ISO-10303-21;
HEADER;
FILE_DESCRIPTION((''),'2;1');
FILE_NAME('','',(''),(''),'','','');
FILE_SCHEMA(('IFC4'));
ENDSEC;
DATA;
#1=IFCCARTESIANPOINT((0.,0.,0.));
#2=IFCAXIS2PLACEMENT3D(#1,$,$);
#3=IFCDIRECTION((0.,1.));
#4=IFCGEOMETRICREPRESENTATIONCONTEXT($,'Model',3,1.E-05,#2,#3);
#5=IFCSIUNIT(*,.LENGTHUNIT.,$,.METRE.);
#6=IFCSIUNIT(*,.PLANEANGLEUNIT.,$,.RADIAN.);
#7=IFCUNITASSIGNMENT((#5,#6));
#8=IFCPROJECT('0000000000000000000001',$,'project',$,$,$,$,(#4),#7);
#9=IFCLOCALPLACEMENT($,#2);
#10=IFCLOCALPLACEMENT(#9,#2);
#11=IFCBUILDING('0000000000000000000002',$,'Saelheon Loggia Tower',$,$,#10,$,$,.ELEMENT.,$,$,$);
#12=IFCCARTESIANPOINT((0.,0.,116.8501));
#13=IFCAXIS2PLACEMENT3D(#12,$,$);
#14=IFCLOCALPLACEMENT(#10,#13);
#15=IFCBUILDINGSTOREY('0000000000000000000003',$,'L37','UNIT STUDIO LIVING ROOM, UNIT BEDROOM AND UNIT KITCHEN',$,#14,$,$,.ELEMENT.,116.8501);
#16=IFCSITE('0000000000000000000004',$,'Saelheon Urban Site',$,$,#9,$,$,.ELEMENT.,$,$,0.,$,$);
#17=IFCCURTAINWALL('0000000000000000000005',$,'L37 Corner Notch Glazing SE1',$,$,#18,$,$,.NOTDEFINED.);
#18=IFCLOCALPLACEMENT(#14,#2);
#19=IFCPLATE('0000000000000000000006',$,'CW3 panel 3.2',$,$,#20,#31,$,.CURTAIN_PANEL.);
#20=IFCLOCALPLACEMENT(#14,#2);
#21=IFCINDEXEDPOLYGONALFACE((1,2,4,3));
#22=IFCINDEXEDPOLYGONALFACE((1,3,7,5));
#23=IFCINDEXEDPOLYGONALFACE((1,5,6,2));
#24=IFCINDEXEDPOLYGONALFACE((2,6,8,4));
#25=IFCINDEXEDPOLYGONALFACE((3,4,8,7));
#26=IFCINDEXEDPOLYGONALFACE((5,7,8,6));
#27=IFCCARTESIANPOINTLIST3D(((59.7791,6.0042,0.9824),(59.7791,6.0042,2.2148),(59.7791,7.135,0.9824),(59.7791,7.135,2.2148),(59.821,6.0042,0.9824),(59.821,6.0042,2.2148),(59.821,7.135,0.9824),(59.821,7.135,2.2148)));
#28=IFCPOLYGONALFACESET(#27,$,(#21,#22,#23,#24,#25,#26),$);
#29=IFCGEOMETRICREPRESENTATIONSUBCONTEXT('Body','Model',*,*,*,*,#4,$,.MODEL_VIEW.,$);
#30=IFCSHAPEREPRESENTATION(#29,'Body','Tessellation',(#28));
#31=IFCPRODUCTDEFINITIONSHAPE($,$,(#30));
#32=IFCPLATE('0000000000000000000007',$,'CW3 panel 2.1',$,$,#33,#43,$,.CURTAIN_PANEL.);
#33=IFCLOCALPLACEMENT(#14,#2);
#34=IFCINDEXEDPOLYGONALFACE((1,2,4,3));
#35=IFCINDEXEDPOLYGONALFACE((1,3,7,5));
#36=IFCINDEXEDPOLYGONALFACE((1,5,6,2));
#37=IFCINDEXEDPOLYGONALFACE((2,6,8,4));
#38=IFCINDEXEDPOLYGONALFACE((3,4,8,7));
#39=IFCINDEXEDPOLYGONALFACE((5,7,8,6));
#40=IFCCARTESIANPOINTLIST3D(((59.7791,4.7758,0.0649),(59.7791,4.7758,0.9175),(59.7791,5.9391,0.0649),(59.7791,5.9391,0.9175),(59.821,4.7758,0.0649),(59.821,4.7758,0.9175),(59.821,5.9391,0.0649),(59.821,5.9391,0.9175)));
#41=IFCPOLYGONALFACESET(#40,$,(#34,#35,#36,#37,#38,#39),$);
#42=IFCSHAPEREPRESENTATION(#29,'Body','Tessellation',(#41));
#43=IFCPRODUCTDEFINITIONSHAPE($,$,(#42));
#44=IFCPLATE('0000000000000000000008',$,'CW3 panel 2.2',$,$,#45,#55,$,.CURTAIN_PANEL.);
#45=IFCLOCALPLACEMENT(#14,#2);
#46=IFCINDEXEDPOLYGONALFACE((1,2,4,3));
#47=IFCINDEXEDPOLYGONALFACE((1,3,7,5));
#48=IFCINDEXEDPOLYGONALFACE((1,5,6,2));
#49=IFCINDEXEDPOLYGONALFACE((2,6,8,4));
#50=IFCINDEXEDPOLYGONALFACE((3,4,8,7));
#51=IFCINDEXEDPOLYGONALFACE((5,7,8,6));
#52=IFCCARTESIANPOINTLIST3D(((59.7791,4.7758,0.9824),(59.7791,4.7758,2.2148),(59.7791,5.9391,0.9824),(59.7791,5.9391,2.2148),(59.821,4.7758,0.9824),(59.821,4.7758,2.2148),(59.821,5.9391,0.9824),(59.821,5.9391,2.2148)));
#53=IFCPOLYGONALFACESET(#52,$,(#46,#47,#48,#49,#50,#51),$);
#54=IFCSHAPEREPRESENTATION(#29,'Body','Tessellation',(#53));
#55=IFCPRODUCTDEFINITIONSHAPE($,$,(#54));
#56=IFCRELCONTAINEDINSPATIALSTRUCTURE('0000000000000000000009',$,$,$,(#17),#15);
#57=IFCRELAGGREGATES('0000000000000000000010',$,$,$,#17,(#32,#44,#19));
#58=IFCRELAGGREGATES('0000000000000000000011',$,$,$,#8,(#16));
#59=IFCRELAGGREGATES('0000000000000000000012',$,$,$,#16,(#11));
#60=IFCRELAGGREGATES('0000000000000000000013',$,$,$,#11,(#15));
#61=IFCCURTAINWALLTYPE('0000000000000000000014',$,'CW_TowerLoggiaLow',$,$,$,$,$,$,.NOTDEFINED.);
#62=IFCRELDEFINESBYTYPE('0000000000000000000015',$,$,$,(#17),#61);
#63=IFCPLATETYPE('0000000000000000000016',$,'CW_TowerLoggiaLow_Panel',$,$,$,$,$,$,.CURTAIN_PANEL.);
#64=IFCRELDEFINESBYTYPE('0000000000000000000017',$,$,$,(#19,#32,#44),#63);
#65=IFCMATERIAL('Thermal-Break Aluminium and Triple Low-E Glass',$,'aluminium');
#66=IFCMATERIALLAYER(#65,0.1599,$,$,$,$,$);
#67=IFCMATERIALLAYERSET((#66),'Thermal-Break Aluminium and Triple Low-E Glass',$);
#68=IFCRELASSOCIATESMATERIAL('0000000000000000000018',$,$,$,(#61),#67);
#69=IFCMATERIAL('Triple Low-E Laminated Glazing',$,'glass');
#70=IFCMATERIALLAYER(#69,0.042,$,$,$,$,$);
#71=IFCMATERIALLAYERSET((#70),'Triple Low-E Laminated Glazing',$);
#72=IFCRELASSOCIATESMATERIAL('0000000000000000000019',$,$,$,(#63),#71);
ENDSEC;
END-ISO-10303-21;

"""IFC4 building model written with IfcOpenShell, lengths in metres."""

from ifc_helpers import new_model, si_unit, direction, frame, origin, origin_2d, place, context, subcontext, project, spatial, rectangle, extrude, source, transform, mapped, material, layer, layer_set, type_object, element, aggregate, save


model = new_model("IFC4")

# Units and contexts
model_context = context("Model", 3, precision=1e-05, world=origin(), true_north=direction((0.0, 1.0)))
body_context = subcontext(model_context, "Body", "Model", "MODEL_VIEW")
ifc_project = project(units=[si_unit("LENGTHUNIT", "METRE"), si_unit("PLANEANGLEUNIT", "RADIAN")], contexts=[model_context])

# Site, building, storey
site_placement = place(None, origin())
site = spatial("IfcSite", under=ifc_project, at=site_placement, Name="Saelheon Urban Site", CompositionType="ELEMENT", RefElevation=0.0)
building_placement = place(site_placement, origin())
building = spatial("IfcBuilding", under=site, at=building_placement, Name="Saelheon Loggia Tower", CompositionType="ELEMENT")
storey_placement = place(building_placement, frame((0.0, 0.0, 116.8501)))
storey = spatial("IfcBuildingStorey", under=building, at=storey_placement, Name="L37", Description="UNIT STUDIO LIVING ROOM, UNIT BEDROOM AND UNIT KITCHEN", CompositionType="ELEMENT", Elevation=116.8501)

# Curtain wall
ifc_material_1 = material(Name="Thermal-Break Aluminium and Triple Low-E Glass", Category="aluminium")
ifc_layer_1 = layer(ifc_material_1, 0.1599)
ifc_layer_set_1 = layer_set([ifc_layer_1], Name="Thermal-Break Aluminium and Triple Low-E Glass")
curtain_wall_type = type_object("IfcCurtainWallType", Name="CW_TowerLoggiaLow", PredefinedType="NOTDEFINED", material=ifc_layer_set_1)
curtain_wall_1_placement = place(storey_placement, origin())
curtain_wall_1 = element("IfcCurtainWall", 1, at=curtain_wall_1_placement, inside=storey, type_object=curtain_wall_type, Name="L37 Corner Notch Glazing SE1", PredefinedType="NOTDEFINED")

# Plates
ifc_material_2 = material(Name="Triple Low-E Laminated Glazing", Category="glass")
ifc_layer_2 = layer(ifc_material_2, 0.042)
ifc_layer_set_2 = layer_set([ifc_layer_2], Name="Triple Low-E Laminated Glazing")
plate_type = type_object("IfcPlateType", Name="CW_TowerLoggiaLow_Panel", PredefinedType="CURTAIN_PANEL", material=ifc_layer_set_2)
shared_shape_1 = source(origin(), body_context, "Body", "SweptSolid", [
    extrude(rectangle(XDim=1.1309, YDim=0.042, at=origin_2d()), origin(), (0.0, 0.0, 1.0), 1.2324),
])
plate_1_placement = place(storey_placement, frame((59.8, 6.5696, 0.9824), z_axis=(0.0, 0.0, 1.0), x_axis=(0.0, 1.0, 0.0)))
plate_1 = element("IfcPlate", 2, at=plate_1_placement, type_object=plate_type, Name="CW3 panel 3.2", PredefinedType="CURTAIN_PANEL", context=body_context, shape_type="MappedRepresentation", body=[
    mapped(shared_shape_1, transform((0.0, 0.0, 0.0), scale=1.0)),
])
shared_shape_2 = source(origin(), body_context, "Body", "SweptSolid", [
    extrude(rectangle(XDim=1.1633, YDim=0.042, at=origin_2d()), origin(), (0.0, 0.0, 1.0), 0.8525),
])
plate_2_placement = place(storey_placement, frame((59.8, 5.3574, 0.0649), z_axis=(0.0, 0.0, 1.0), x_axis=(0.0, 1.0, 0.0)))
plate_2 = element("IfcPlate", 3, at=plate_2_placement, type_object=plate_type, Name="CW3 panel 2.1", PredefinedType="CURTAIN_PANEL", context=body_context, shape_type="MappedRepresentation", body=[
    mapped(shared_shape_2, transform((0.0, 0.0, 0.0), scale=1.0)),
])
shared_shape_3 = source(origin(), body_context, "Body", "SweptSolid", [
    extrude(rectangle(XDim=1.1633, YDim=0.042, at=origin_2d()), origin(), (0.0, 0.0, 1.0), 1.2324),
])
plate_3_placement = place(storey_placement, frame((59.8, 5.3574, 0.9824), z_axis=(0.0, 0.0, 1.0), x_axis=(0.0, 1.0, 0.0)))
plate_3 = element("IfcPlate", 4, at=plate_3_placement, type_object=plate_type, Name="CW3 panel 2.2", PredefinedType="CURTAIN_PANEL", context=body_context, shape_type="MappedRepresentation", body=[
    mapped(shared_shape_3, transform((0.0, 0.0, 0.0), scale=1.0)),
])
aggregate(curtain_wall_1, [plate_2, plate_3, plate_1])

save(model, "model.ifc")
